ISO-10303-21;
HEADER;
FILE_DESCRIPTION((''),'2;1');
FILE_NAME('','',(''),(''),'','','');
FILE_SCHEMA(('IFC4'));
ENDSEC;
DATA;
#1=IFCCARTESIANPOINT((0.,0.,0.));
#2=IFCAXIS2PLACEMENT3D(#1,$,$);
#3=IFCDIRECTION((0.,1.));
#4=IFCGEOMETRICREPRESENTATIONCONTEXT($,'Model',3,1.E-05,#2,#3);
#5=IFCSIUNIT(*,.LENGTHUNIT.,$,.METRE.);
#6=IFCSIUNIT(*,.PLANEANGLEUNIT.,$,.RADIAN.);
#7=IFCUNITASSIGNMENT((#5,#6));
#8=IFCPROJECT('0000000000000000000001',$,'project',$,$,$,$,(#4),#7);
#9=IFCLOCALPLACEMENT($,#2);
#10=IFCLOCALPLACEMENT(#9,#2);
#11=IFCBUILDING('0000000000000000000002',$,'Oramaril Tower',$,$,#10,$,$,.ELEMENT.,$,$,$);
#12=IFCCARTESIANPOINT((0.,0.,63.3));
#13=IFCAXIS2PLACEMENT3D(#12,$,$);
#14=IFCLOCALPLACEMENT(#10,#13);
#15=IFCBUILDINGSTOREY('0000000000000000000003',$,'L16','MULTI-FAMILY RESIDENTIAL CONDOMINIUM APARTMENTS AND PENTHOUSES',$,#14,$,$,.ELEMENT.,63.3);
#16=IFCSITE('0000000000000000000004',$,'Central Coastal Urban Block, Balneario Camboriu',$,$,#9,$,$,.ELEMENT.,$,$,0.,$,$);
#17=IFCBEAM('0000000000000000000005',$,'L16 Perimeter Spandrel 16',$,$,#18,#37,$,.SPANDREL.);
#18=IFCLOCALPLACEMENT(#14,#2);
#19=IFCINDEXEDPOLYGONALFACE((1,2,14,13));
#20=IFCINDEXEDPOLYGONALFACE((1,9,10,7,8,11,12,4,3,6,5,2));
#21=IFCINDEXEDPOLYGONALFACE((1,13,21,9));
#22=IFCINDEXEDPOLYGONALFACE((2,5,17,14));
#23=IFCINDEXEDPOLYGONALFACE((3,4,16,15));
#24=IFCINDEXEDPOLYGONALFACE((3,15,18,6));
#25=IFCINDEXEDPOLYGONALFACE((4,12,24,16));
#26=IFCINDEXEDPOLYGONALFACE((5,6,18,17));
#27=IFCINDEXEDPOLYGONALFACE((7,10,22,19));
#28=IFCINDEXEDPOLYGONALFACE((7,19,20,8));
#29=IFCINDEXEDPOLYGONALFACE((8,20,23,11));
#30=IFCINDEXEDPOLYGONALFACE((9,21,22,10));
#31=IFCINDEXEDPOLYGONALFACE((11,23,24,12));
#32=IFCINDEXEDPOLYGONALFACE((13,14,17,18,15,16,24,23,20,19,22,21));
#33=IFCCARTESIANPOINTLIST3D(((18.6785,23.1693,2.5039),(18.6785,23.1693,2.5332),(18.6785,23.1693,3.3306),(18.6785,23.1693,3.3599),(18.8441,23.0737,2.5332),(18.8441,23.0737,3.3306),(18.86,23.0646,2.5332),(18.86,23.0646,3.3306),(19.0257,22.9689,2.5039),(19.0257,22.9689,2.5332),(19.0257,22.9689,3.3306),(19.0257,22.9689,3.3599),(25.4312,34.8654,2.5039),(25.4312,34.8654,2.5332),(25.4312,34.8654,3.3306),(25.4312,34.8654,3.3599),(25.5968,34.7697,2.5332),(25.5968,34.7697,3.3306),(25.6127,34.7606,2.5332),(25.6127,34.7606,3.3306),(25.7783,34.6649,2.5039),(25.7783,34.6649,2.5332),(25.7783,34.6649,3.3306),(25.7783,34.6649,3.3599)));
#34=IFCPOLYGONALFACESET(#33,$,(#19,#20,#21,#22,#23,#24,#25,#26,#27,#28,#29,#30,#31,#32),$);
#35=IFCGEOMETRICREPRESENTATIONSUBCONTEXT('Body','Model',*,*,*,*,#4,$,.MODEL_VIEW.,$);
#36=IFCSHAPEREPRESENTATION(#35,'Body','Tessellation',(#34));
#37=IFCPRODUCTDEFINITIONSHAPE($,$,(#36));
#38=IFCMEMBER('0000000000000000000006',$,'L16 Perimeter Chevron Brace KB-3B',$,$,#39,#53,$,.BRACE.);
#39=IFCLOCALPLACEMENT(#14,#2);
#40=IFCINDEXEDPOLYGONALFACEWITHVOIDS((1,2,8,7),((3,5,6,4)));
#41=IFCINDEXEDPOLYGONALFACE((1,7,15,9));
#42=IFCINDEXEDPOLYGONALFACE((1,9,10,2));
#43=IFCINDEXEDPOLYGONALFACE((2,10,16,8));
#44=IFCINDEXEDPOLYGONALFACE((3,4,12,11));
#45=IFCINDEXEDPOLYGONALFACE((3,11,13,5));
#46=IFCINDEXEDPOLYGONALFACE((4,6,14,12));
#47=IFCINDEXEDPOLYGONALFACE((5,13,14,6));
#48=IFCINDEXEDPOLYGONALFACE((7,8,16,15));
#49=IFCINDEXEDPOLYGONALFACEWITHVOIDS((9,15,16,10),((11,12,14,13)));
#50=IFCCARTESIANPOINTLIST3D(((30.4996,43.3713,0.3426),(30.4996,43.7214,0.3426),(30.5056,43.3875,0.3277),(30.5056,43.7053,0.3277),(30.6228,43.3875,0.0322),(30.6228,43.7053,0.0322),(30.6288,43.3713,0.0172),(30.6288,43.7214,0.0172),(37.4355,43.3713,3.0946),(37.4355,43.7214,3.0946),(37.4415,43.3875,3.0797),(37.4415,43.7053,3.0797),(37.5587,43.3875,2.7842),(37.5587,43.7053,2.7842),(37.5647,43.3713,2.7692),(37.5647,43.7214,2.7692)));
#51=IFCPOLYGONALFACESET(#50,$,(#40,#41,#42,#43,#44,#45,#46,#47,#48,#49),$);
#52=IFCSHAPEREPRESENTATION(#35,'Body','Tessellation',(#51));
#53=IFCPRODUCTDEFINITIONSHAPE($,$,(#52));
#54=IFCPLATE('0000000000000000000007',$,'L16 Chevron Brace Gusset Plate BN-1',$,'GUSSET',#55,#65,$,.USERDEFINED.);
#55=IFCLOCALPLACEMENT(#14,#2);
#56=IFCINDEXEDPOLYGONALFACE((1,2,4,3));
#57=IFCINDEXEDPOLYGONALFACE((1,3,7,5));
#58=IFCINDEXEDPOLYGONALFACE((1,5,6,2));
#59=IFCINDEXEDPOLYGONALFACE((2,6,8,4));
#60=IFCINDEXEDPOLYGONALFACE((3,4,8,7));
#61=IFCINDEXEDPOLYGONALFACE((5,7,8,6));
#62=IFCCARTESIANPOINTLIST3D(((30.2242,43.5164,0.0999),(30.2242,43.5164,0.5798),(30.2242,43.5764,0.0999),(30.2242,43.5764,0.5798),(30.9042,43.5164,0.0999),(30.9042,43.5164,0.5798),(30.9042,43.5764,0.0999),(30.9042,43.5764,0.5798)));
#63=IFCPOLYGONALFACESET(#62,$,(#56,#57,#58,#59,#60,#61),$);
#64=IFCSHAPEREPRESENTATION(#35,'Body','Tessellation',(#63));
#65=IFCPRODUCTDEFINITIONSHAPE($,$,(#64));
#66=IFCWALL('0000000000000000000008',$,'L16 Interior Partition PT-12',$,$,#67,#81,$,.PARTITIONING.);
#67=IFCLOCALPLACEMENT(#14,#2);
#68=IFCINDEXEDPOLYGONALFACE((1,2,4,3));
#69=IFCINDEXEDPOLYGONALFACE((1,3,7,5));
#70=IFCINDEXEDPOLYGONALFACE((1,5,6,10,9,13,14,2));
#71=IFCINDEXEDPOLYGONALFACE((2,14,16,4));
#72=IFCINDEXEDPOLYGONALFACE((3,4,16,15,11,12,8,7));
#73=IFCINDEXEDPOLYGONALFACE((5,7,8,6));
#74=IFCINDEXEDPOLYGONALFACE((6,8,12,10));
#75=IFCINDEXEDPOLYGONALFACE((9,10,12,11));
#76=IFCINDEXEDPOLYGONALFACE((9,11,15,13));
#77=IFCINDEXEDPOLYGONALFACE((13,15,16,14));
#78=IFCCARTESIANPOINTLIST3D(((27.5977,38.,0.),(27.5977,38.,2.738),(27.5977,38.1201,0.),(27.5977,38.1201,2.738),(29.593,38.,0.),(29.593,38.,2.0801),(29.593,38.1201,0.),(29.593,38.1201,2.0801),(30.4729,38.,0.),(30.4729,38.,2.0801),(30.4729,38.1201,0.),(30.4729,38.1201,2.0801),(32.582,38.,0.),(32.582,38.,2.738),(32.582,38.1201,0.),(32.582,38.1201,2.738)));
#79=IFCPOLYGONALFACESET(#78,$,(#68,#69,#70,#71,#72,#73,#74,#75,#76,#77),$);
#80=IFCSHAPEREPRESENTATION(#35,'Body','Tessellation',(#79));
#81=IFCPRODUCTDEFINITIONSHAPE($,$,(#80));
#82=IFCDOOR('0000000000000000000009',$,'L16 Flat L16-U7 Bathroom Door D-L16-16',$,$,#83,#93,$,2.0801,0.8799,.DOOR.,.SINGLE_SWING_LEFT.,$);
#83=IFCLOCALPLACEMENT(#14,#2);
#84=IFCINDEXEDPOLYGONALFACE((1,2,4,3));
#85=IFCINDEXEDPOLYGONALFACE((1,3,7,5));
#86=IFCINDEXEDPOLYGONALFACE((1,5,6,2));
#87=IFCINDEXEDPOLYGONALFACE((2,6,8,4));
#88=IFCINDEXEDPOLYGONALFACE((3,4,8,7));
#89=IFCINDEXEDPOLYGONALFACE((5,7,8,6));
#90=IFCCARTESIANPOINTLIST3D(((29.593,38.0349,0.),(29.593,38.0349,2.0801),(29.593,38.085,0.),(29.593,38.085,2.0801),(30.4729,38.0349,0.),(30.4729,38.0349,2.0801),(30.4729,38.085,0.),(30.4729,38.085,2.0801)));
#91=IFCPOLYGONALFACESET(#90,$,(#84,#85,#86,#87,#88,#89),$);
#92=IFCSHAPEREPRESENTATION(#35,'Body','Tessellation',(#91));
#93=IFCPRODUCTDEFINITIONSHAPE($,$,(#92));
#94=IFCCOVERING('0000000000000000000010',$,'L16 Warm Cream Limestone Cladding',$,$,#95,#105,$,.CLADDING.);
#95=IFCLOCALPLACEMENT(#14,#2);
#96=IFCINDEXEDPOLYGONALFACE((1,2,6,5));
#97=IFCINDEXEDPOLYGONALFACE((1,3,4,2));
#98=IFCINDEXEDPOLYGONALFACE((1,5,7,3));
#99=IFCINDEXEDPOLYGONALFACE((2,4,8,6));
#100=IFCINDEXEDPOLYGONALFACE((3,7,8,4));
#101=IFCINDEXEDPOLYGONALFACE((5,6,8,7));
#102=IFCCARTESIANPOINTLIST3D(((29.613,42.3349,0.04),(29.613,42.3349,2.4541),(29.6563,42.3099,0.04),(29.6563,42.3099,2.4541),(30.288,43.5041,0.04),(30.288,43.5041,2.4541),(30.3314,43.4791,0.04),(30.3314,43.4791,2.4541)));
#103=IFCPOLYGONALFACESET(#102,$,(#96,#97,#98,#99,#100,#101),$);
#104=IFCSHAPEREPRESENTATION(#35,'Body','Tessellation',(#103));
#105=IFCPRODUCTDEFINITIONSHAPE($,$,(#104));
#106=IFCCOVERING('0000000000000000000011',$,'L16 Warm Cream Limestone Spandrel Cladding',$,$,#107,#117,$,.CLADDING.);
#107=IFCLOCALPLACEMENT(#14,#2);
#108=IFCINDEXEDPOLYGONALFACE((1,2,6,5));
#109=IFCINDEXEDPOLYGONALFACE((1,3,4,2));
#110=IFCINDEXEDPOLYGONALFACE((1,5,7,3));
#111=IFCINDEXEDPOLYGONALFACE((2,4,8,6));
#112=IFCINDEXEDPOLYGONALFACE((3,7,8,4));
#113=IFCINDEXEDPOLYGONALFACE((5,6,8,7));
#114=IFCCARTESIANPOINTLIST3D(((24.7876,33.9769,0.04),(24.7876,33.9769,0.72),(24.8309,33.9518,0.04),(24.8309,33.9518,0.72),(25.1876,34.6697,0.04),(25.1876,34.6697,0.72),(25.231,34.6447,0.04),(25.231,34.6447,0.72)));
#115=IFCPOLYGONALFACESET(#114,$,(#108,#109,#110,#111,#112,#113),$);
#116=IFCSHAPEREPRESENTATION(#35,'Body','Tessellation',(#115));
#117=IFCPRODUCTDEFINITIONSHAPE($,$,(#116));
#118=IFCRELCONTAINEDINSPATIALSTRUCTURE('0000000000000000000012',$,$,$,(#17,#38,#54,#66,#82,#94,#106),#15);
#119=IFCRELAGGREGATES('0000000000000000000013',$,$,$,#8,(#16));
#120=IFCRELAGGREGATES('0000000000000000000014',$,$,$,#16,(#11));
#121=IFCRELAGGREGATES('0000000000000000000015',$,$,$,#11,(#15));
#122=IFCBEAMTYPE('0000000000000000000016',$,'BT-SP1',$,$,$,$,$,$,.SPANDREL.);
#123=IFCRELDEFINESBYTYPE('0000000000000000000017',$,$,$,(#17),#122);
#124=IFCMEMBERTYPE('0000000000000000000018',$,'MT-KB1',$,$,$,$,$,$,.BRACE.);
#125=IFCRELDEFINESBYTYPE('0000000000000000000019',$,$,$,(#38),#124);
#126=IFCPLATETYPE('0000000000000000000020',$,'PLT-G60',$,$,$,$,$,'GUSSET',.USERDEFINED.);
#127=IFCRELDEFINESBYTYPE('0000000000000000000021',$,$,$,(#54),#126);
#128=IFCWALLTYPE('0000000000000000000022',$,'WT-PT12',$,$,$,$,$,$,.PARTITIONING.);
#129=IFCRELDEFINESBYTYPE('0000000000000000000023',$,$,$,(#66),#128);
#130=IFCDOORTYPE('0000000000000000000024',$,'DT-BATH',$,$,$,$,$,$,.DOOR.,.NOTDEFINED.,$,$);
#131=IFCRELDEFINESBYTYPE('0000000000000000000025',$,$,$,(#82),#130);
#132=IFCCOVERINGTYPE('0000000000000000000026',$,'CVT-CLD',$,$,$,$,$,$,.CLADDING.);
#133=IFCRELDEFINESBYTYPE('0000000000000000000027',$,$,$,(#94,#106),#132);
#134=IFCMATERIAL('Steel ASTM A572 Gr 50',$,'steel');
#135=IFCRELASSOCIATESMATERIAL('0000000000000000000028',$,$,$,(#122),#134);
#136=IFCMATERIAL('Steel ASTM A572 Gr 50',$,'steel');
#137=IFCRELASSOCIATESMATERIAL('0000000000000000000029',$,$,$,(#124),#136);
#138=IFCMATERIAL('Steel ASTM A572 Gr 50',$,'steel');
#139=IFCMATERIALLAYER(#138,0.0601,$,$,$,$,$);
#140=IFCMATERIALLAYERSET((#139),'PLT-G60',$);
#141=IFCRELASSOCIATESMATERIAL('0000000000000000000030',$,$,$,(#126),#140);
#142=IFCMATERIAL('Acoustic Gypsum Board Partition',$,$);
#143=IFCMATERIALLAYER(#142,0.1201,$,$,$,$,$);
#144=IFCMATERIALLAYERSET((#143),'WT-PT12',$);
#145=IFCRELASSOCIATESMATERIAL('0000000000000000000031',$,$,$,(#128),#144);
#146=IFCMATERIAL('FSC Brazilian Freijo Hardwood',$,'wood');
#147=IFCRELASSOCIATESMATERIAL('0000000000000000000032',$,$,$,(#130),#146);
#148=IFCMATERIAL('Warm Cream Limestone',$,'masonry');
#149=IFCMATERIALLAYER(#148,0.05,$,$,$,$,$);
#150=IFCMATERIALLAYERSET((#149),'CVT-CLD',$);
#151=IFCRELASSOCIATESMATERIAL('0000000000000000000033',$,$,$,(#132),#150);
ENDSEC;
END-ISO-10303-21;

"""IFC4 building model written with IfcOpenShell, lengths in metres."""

from ifc_helpers import new_model, si_unit, direction, frame, frame_2d, origin, origin_2d, place, context, subcontext, project, spatial, rectangle, hollow_rectangle, i_section, extrude, material, layer, layer_set, material_profile, profile_set, type_object, element, fill, save


model = new_model("IFC4")

# Units and contexts
model_context = context("Model", 3, precision=1e-05, world=origin(), true_north=direction((0.0, 1.0)))
body_context = subcontext(model_context, "Body", "Model", "MODEL_VIEW")
ifc_project = project(units=[si_unit("LENGTHUNIT", "METRE"), si_unit("PLANEANGLEUNIT", "RADIAN")], contexts=[model_context])

# Site, building, storey
site_placement = place(None, origin())
site = spatial("IfcSite", under=ifc_project, at=site_placement, Name="Central Coastal Urban Block, Balneario Camboriu", CompositionType="ELEMENT", RefElevation=0.0)
building_placement = place(site_placement, origin())
building = spatial("IfcBuilding", under=site, at=building_placement, Name="Oramaril Tower", CompositionType="ELEMENT")
storey_placement = place(building_placement, frame((0.0, 0.0, 63.3)))
storey = spatial("IfcBuildingStorey", under=building, at=storey_placement, Name="L16", Description="MULTI-FAMILY RESIDENTIAL CONDOMINIUM APARTMENTS AND PENTHOUSES", CompositionType="ELEMENT", Elevation=63.3)

# Beam
ifc_material_1 = material(Name="Steel ASTM A572 Gr 50", Category="steel")
ifc_material_profile_1 = material_profile(ifc_material_1, i_section(OverallWidth=0.4009, OverallDepth=0.856, WebThickness=0.0183, FlangeThickness=0.0293, at=origin_2d()), Name="W33X201")
ifc_profile_set_1 = profile_set([ifc_material_profile_1], Name="Steel ASTM A572 Gr 50")
beam_type_1 = type_object("IfcBeamType", Name="BT-SP1", PredefinedType="SPANDREL", material=ifc_profile_set_1)
beam_1_placement = place(storey_placement, frame((25.6047, 34.7651, 2.9319), z_axis=(-0.499998, -0.866026, 0.0), x_axis=(0.866026, -0.499998, 0.0)))
element("IfcBeam", 1, at=beam_1_placement, inside=storey, type_object=beam_type_1, Name="L16 Perimeter Spandrel 16", PredefinedType="SPANDREL", context=body_context, shape_type="SweptSolid", body=[
    extrude(i_section(OverallWidth=0.4009, OverallDepth=0.856, WebThickness=0.0183, FlangeThickness=0.0293, at=origin_2d()), origin(), (0.0, 0.0, 1.0), 13.5054),
])

# Member
ifc_material_2 = material(Name="Steel ASTM A572 Gr 50", Category="steel")
ifc_material_profile_2 = material_profile(ifc_material_2, hollow_rectangle(XDim=0.3501, YDim=0.3501, WallThickness=0.0161, at=origin_2d()), Name="HSS350X350X16")
ifc_profile_set_2 = profile_set([ifc_material_profile_2], Name="Steel ASTM A572 Gr 50")
member_type = type_object("IfcMemberType", Name="MT-KB1", PredefinedType="BRACE", material=ifc_profile_set_2)
member_placement = place(storey_placement, frame((30.5642, 43.5464, 0.1799), z_axis=(0.929507, 0.0, 0.368806), x_axis=(0.0, 1.0, 0.0)))
element("IfcMember", 2, at=member_placement, inside=storey, type_object=member_type, Name="L16 Perimeter Chevron Brace KB-3B", PredefinedType="BRACE", context=body_context, shape_type="SweptSolid", body=[
    extrude(hollow_rectangle(XDim=0.3501, YDim=0.3501, WallThickness=0.0161, at=origin_2d()), origin(), (0.0, 0.0, 1.0), 7.4619),
])

# Plate
ifc_material_3 = material(Name="Steel ASTM A572 Gr 50", Category="steel")
ifc_layer_1 = layer(ifc_material_3, 0.0601)
ifc_layer_set_1 = layer_set([ifc_layer_1], Name="PLT-G60")
plate_type = type_object("IfcPlateType", Name="PLT-G60", ElementType="GUSSET", PredefinedType="USERDEFINED", material=ifc_layer_set_1)
plate_placement = place(storey_placement, frame((30.5642, 43.5464, 0.0999), z_axis=(0.0, 0.0, 1.0), x_axis=(-1.0, 0.0, 0.0)))
element("IfcPlate", 3, at=plate_placement, inside=storey, type_object=plate_type, Name="L16 Chevron Brace Gusset Plate BN-1", ObjectType="GUSSET", PredefinedType="USERDEFINED", context=body_context, shape_type="SweptSolid", body=[
    extrude(rectangle(XDim=0.6799, YDim=0.0601, at=origin_2d()), origin(), (0.0, 0.0, 1.0), 0.48),
])

# Wall, opening, door
ifc_material_4 = material(Name="Acoustic Gypsum Board Partition")
ifc_layer_2 = layer(ifc_material_4, 0.1201)
ifc_layer_set_2 = layer_set([ifc_layer_2], Name="WT-PT12")
wall_type_1 = type_object("IfcWallType", Name="WT-PT12", PredefinedType="PARTITIONING", material=ifc_layer_set_2)
wall_1_placement = place(storey_placement, frame((27.5977, 38.0601, 0.0), z_axis=(0.0, 0.0, 1.0), x_axis=(1.0, 0.0, 0.0)))
wall_1 = element("IfcWall", 4, at=wall_1_placement, inside=storey, type_object=wall_type_1, Name="L16 Interior Partition PT-12", PredefinedType="PARTITIONING", context=body_context, shape_type="SweptSolid", body=[
    extrude(rectangle(XDim=4.9844, YDim=0.1201, at=frame_2d((2.4922, 0.0))), origin(), (0.0, 0.0, 1.0), 2.738),
])
opening_1_placement = place(wall_1_placement, frame((1.9954, 0.0, 0.0)))
opening_1 = element("IfcOpeningElement", 5, at=opening_1_placement, cuts=wall_1, PredefinedType="OPENING", context=body_context, shape_type="SweptSolid", body=[
    extrude(rectangle(XDim=0.8799, YDim=2.0801, at=frame_2d((0.4399, 1.04))), frame((0.0, 0.0601, 0.0), z_axis=(0.0, -1.0, 0.0), x_axis=(1.0, 0.0, 0.0)), (0.0, 0.0, 1.0), 0.1201),
])
ifc_material_5 = material(Name="FSC Brazilian Freijo Hardwood", Category="wood")
door_type_1 = type_object("IfcDoorType", Name="DT-BATH", OperationType="NOTDEFINED", PredefinedType="DOOR", material=ifc_material_5)
door_1_placement = place(opening_1_placement, origin())
door_1 = element("IfcDoor", 6, at=door_1_placement, inside=storey, type_object=door_type_1, Name="L16 Flat L16-U7 Bathroom Door D-L16-16", OperationType="SINGLE_SWING_LEFT", OverallHeight=2.0801, OverallWidth=0.8799, PredefinedType="DOOR", context=body_context, shape_type="SweptSolid", body=[
    extrude(rectangle(XDim=0.8799, YDim=2.0801, at=frame_2d((0.4399, 1.04))), frame((0.0, 0.0249, 0.0), z_axis=(0.0, -1.0, 0.0), x_axis=(1.0, 0.0, 0.0)), (0.0, 0.0, 1.0), 0.05),
])
fill(opening_1, door_1)

# Coverings
ifc_material_6 = material(Name="Warm Cream Limestone", Category="masonry")
ifc_layer_3 = layer(ifc_material_6, 0.05)
ifc_layer_set_3 = layer_set([ifc_layer_3], Name="CVT-CLD")
covering_type = type_object("IfcCoveringType", Name="CVT-CLD", PredefinedType="CLADDING", material=ifc_layer_set_3)
covering_1_placement = place(storey_placement, frame((29.9722, 42.907, 0.04), z_axis=(0.0, 0.0, 1.0), x_axis=(-0.499998, -0.866026, 0.0)))
element("IfcCovering", 7, at=covering_1_placement, inside=storey, type_object=covering_type, Name="L16 Warm Cream Limestone Cladding", PredefinedType="CLADDING", context=body_context, shape_type="SweptSolid", body=[
    extrude(rectangle(XDim=1.3501, YDim=0.05, at=origin_2d()), origin(), (0.0, 0.0, 1.0), 2.4141),
])
covering_2_placement = place(storey_placement, frame((25.0093, 34.3108, 0.04), z_axis=(0.0, 0.0, 1.0), x_axis=(-0.499998, -0.866026, 0.0)))
element("IfcCovering", 8, at=covering_2_placement, inside=storey, type_object=covering_type, Name="L16 Warm Cream Limestone Spandrel Cladding", PredefinedType="CLADDING", context=body_context, shape_type="SweptSolid", body=[
    extrude(rectangle(XDim=0.8, YDim=0.05, at=origin_2d()), origin(), (0.0, 0.0, 1.0), 0.6799),
])

save(model, "model.ifc")
